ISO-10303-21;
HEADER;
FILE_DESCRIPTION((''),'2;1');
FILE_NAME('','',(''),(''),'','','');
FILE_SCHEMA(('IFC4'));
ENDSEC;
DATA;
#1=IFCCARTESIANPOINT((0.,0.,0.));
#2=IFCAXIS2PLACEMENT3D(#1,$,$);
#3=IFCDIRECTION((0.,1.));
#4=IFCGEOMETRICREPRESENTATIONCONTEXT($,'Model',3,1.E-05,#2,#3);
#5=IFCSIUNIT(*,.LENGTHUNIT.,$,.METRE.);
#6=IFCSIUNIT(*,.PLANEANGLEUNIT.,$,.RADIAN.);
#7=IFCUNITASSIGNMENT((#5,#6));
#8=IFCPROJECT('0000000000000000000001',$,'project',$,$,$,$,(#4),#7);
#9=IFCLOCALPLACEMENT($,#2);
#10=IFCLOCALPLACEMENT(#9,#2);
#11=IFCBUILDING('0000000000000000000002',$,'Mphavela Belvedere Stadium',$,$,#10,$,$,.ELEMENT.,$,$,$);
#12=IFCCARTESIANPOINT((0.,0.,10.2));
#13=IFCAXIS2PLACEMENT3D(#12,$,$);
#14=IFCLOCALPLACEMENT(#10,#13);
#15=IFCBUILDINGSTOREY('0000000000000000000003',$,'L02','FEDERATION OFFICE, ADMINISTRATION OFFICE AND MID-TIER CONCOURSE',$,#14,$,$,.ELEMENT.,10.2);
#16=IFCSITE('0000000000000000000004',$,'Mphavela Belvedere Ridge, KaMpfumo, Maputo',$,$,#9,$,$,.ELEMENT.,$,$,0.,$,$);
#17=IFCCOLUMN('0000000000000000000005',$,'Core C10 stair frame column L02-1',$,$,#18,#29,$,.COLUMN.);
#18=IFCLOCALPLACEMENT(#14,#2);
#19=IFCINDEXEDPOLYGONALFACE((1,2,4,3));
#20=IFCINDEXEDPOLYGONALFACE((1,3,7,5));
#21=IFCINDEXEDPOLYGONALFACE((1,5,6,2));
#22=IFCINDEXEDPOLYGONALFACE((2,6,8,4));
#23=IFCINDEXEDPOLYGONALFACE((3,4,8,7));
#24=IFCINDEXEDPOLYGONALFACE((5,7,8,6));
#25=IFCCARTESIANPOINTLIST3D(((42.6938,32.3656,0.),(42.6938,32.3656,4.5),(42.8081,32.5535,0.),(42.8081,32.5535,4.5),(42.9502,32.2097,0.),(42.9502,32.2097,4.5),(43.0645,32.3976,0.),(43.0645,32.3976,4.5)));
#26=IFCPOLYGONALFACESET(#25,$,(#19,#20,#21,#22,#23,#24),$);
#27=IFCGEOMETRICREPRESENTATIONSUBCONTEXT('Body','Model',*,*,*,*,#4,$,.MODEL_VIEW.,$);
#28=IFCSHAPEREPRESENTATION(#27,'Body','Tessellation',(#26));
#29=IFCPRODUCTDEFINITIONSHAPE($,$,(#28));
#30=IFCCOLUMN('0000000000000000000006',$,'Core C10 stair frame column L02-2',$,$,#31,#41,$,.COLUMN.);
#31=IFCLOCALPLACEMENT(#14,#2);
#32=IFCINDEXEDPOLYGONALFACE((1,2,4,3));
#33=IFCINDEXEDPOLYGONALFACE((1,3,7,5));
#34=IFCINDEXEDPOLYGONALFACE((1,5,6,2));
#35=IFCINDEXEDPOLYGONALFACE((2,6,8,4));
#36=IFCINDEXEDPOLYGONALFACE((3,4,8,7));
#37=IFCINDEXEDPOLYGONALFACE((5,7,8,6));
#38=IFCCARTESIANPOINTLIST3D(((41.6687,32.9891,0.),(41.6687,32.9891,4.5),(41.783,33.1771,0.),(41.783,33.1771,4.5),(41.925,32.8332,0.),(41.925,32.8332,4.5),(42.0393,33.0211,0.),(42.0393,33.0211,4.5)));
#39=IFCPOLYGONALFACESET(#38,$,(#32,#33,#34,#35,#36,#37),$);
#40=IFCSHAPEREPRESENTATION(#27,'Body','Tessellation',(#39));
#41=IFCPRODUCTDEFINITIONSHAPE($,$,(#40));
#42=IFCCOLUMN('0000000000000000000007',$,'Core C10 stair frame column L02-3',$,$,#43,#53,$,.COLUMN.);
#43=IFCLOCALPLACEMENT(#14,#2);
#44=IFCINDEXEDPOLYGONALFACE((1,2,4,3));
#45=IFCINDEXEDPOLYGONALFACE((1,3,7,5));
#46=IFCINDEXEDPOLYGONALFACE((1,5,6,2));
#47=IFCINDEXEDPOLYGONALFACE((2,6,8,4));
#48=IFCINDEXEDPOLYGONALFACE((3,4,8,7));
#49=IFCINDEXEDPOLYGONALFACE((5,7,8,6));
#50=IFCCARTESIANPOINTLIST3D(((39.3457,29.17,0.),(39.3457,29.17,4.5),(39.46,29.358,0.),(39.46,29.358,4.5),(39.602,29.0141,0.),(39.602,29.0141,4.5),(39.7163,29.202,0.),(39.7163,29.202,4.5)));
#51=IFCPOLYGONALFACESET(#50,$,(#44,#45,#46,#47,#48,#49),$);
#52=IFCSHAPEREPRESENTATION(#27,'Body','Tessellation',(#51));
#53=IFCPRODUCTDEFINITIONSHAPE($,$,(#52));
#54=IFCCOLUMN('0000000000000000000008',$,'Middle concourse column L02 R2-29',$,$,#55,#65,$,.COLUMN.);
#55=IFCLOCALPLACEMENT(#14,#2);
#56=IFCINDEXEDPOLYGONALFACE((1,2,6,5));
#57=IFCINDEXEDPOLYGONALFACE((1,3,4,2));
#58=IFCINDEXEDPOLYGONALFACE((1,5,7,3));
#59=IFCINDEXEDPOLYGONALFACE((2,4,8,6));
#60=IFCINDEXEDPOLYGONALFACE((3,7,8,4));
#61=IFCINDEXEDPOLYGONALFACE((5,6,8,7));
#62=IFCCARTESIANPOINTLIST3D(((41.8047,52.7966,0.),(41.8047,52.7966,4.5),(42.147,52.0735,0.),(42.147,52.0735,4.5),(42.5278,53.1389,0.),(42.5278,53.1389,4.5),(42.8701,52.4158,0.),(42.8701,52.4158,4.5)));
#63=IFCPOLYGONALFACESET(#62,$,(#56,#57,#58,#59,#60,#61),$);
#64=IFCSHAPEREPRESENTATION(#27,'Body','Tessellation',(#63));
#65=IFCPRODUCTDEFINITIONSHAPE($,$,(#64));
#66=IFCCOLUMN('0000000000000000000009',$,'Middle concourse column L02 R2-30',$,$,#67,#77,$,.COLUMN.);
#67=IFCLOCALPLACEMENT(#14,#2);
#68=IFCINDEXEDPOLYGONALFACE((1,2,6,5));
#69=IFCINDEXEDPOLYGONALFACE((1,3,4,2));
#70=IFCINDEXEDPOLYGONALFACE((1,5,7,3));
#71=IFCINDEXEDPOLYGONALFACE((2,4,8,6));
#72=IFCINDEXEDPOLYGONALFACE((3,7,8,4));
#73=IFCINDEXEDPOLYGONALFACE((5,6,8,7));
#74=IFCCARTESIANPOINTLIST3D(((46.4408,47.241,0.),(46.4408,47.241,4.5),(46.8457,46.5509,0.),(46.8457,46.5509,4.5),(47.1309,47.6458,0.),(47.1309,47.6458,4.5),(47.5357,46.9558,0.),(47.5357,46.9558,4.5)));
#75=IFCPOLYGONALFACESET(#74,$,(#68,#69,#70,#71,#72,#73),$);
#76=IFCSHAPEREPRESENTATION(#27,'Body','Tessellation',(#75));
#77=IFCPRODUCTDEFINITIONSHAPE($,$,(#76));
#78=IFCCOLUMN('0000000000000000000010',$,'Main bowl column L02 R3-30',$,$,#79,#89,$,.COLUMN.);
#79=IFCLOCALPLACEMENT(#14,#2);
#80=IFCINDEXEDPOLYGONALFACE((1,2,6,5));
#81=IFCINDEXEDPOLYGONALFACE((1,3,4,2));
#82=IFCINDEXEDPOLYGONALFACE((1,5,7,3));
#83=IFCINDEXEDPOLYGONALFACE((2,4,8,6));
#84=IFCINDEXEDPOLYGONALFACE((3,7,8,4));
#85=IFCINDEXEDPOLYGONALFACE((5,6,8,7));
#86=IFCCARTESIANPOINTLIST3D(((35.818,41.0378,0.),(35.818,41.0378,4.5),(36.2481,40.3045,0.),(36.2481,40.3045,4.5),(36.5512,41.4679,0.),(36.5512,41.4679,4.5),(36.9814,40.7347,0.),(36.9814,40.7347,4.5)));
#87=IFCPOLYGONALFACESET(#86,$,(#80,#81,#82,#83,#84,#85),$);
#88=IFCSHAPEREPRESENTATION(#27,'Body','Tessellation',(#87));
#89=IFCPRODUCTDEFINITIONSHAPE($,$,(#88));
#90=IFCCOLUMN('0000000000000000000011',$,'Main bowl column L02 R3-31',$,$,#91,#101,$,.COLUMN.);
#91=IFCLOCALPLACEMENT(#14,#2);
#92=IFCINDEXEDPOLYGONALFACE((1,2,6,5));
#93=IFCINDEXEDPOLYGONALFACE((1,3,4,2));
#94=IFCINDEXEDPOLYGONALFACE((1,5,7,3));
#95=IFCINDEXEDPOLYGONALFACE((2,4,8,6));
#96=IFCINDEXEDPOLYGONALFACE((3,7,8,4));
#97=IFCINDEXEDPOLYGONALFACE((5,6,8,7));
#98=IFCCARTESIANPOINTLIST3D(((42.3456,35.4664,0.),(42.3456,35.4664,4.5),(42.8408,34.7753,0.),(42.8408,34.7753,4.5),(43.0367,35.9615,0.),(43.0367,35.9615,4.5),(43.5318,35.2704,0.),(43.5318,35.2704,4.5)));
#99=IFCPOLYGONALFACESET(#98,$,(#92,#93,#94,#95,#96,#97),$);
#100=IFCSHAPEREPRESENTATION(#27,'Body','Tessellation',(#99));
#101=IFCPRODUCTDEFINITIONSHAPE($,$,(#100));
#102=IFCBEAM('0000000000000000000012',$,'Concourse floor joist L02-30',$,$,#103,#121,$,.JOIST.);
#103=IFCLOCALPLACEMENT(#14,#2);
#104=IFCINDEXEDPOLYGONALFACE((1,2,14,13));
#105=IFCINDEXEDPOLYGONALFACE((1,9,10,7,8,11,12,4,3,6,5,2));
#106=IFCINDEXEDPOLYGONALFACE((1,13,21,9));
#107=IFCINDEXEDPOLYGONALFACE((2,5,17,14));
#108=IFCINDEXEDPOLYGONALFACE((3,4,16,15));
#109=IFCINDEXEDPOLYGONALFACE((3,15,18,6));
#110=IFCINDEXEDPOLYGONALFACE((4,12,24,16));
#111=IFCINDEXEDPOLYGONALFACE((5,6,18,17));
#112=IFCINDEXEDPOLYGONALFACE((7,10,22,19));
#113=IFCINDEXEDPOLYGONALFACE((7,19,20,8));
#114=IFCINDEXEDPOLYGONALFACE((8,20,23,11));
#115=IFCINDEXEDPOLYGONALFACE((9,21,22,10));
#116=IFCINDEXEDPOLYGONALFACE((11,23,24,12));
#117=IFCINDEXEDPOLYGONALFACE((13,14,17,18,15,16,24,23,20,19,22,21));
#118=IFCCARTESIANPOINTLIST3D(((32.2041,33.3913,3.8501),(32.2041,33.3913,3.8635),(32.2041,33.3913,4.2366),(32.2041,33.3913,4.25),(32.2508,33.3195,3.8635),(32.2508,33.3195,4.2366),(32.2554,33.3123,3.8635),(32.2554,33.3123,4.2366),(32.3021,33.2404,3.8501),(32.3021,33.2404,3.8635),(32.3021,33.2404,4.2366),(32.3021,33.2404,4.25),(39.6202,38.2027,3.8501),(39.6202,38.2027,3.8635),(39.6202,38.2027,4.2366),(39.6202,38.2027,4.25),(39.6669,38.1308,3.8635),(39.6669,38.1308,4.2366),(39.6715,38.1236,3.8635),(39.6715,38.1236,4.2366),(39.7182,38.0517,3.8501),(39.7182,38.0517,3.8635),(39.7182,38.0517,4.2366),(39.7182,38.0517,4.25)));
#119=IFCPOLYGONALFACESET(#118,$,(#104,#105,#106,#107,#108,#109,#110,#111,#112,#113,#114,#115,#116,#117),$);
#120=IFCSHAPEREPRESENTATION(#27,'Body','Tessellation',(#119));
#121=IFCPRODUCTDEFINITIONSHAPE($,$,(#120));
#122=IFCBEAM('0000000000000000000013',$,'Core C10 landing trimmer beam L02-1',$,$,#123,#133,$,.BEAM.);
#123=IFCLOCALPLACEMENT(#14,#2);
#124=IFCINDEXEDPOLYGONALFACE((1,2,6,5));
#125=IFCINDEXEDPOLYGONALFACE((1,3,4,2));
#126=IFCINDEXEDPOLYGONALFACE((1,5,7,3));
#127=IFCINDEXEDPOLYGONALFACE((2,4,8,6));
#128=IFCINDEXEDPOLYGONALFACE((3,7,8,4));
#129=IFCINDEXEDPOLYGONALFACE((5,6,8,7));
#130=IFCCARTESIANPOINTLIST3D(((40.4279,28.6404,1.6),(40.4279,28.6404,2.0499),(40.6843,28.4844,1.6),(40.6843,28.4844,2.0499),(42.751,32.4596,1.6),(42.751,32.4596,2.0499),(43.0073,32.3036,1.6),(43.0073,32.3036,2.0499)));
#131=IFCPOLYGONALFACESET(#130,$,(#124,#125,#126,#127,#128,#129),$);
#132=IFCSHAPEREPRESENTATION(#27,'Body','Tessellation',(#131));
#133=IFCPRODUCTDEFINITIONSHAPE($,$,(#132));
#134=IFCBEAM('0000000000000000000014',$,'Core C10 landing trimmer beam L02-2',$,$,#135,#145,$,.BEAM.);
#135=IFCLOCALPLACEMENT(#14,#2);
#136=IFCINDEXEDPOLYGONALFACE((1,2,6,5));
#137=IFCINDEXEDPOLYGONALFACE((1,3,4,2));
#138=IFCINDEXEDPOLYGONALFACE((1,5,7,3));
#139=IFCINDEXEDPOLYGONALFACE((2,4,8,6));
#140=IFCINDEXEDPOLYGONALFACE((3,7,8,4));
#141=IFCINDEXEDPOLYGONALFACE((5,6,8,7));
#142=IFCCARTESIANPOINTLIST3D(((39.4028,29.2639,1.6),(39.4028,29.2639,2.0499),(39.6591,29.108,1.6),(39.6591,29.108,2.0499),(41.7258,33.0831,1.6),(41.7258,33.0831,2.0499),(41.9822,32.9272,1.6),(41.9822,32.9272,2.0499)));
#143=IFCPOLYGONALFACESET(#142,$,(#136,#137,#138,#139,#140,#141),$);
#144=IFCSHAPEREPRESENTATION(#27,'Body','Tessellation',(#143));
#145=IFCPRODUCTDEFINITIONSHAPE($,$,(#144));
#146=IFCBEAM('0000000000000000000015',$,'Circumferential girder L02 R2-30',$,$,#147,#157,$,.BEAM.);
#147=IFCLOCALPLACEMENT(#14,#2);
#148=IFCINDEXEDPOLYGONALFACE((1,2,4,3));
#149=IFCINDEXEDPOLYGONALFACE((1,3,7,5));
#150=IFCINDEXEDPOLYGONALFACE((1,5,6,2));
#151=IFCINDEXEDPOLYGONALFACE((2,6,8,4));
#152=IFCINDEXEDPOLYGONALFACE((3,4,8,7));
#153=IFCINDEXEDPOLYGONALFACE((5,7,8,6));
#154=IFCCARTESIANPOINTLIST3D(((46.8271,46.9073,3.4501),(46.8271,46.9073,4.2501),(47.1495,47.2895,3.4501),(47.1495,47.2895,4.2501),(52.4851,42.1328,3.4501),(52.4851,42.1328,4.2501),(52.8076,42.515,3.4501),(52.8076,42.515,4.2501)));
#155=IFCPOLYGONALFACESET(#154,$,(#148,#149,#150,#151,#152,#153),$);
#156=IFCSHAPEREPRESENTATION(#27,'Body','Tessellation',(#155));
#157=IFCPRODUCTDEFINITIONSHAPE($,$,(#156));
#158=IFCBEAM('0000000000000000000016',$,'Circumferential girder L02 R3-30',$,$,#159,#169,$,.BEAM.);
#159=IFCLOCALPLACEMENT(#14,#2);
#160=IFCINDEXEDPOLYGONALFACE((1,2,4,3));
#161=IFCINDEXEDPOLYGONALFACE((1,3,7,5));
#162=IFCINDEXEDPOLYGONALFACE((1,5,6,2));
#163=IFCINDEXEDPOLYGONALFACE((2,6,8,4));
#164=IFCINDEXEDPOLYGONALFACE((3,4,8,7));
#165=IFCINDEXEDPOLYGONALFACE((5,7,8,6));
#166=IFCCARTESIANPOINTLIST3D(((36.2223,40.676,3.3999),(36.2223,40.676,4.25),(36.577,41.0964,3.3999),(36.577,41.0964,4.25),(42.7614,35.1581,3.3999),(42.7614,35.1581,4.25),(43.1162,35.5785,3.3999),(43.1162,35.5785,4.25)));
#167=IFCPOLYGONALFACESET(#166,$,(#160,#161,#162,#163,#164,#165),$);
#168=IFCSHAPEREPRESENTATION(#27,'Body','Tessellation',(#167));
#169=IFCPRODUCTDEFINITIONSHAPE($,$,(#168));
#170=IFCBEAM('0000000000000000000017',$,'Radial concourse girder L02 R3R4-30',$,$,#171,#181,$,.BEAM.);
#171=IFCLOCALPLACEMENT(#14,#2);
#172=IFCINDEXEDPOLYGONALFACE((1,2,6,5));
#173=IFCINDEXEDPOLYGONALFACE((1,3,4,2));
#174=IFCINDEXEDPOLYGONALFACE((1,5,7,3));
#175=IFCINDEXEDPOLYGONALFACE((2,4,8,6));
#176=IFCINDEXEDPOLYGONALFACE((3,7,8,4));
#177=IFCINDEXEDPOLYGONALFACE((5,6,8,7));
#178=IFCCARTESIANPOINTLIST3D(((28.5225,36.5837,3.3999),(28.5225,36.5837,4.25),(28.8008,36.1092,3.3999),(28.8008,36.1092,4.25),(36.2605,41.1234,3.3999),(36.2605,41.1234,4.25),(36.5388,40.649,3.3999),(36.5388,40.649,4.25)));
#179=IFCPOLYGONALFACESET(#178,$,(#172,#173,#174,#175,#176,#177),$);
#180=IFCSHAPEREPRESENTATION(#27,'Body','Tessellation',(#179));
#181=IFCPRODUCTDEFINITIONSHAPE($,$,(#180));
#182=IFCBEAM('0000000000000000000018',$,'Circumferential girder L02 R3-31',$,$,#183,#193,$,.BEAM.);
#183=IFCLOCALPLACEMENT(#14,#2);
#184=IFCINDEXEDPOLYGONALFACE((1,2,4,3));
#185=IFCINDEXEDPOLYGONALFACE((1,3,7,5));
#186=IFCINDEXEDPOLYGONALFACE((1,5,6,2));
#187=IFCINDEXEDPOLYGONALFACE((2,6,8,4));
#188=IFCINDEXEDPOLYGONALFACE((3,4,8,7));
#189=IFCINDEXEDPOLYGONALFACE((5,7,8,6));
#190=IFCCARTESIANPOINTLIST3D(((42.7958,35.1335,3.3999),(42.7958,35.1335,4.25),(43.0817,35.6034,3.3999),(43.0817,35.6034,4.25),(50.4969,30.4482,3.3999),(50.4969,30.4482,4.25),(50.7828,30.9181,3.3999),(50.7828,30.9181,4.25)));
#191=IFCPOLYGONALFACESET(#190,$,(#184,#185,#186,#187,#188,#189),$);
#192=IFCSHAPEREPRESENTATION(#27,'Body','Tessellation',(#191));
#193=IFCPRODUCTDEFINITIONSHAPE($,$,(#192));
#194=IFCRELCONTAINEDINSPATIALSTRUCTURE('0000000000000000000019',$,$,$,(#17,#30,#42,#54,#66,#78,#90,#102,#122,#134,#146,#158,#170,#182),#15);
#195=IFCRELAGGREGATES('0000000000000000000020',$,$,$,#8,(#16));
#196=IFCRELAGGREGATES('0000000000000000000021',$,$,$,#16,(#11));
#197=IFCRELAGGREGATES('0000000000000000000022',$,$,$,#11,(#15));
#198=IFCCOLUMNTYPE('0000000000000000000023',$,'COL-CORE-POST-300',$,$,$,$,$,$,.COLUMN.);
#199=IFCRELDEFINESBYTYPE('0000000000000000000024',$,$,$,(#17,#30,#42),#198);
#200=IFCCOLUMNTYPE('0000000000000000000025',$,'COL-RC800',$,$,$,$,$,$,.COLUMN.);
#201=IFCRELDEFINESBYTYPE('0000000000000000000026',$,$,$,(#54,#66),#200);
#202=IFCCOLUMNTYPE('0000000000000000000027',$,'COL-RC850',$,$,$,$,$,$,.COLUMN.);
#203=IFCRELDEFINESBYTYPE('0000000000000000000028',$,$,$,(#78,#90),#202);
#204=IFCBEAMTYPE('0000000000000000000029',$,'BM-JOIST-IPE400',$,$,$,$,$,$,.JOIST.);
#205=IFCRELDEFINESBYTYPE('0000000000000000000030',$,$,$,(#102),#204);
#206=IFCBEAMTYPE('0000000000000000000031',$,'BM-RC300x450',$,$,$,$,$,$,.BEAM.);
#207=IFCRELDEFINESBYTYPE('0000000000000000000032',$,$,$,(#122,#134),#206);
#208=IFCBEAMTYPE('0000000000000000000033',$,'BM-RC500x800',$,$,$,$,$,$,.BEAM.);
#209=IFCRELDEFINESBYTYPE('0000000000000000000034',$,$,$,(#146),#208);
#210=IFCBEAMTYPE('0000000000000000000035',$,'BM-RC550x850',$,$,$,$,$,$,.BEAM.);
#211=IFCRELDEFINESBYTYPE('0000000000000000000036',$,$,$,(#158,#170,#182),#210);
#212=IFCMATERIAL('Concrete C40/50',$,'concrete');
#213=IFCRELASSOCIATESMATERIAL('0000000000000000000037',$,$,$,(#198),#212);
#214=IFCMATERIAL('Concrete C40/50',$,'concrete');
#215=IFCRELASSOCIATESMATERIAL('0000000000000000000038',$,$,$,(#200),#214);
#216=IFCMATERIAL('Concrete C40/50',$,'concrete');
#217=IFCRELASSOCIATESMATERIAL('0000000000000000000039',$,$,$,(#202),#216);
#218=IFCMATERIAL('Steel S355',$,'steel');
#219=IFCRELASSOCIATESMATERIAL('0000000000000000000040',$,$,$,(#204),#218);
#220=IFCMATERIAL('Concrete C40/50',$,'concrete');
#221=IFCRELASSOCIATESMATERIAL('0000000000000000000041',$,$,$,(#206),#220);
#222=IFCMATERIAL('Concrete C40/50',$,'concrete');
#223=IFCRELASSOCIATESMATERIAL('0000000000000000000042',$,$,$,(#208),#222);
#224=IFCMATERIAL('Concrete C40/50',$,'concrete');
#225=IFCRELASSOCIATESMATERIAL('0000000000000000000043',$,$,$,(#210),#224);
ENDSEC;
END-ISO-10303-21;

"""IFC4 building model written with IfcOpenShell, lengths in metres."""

from ifc_helpers import new_model, si_unit, direction, frame, origin, origin_2d, place, context, subcontext, project, spatial, rectangle, i_section, extrude, material, material_profile, profile_set, type_object, element, save


model = new_model("IFC4")

# Units and contexts
model_context = context("Model", 3, precision=1e-05, world=origin(), true_north=direction((0.0, 1.0)))
body_context = subcontext(model_context, "Body", "Model", "MODEL_VIEW")
ifc_project = project(units=[si_unit("LENGTHUNIT", "METRE"), si_unit("PLANEANGLEUNIT", "RADIAN")], contexts=[model_context])

# Site, building, storey
site_placement = place(None, origin())
site = spatial("IfcSite", under=ifc_project, at=site_placement, Name="Mphavela Belvedere Ridge, KaMpfumo, Maputo", CompositionType="ELEMENT", RefElevation=0.0)
building_placement = place(site_placement, origin())
building = spatial("IfcBuilding", under=site, at=building_placement, Name="Mphavela Belvedere Stadium", CompositionType="ELEMENT")
storey_placement = place(building_placement, frame((0.0, 0.0, 10.2)))
storey = spatial("IfcBuildingStorey", under=building, at=storey_placement, Name="L02", Description="FEDERATION OFFICE, ADMINISTRATION OFFICE AND MID-TIER CONCOURSE", CompositionType="ELEMENT", Elevation=10.2)

# Columns
ifc_material_1 = material(Name="Concrete C40/50", Category="concrete")
ifc_material_profile_1 = material_profile(ifc_material_1, rectangle(XDim=0.3, YDim=0.22, at=origin_2d()), Name="RC 300x220")
ifc_profile_set_1 = profile_set([ifc_material_profile_1], Name="Concrete C40/50")
column_type_1 = type_object("IfcColumnType", Name="COL-CORE-POST-300", PredefinedType="COLUMN", material=ifc_profile_set_1)
for number, where, z_axis, x_axis, name in (
    (1, (42.8792, 32.3816, 0.0), (0.0, 0.0, 1.0), (-0.854368, 0.519668, 0.0), "Core C10 stair frame column L02-1"),
    (2, (41.854, 33.0051, 0.0), (0.0, 0.0, 1.0), (-0.854368, 0.519668, 0.0), "Core C10 stair frame column L02-2"),
    (3, (39.531, 29.186, 0.0), (0.0, 0.0, 1.0), (-0.854368, 0.519668, 0.0), "Core C10 stair frame column L02-3"),
):
    element("IfcColumn", number, at=place(storey_placement, frame(where, z_axis=z_axis, x_axis=x_axis)), inside=storey, type_object=column_type_1, Name=name, PredefinedType="COLUMN", context=body_context, shape_type="SweptSolid", body=[
        extrude(rectangle(XDim=0.3, YDim=0.22, at=origin_2d()), origin(), (0.0, 0.0, 1.0), 4.5),
    ])
ifc_material_2 = material(Name="Concrete C40/50", Category="concrete")
ifc_material_profile_2 = material_profile(ifc_material_2, rectangle(XDim=0.8, YDim=0.8, at=origin_2d()), Name="RC 800x800")
ifc_profile_set_2 = profile_set([ifc_material_profile_2], Name="Concrete C40/50")
column_type_2 = type_object("IfcColumnType", Name="COL-RC800", PredefinedType="COLUMN", material=ifc_profile_set_2)
for number, where, z_axis, x_axis, name in (
    (4, (42.3374, 52.6062, 0.0), (0.0, 0.0, 1.0), (-0.903859, -0.427831, 0.0), "Middle concourse column L02 R2-29"),
    (5, (46.9883, 47.0984, 0.0), (0.0, 0.0, 1.0), (-0.862514, -0.506034, 0.0), "Middle concourse column L02 R2-30"),
):
    element("IfcColumn", number, at=place(storey_placement, frame(where, z_axis=z_axis, x_axis=x_axis)), inside=storey, type_object=column_type_2, Name=name, PredefinedType="COLUMN", context=body_context, shape_type="SweptSolid", body=[
        extrude(rectangle(XDim=0.8, YDim=0.8, at=origin_2d()), origin(), (0.0, 0.0, 1.0), 4.5),
    ])
ifc_material_3 = material(Name="Concrete C40/50", Category="concrete")
ifc_material_profile_3 = material_profile(ifc_material_3, rectangle(XDim=0.8501, YDim=0.8501, at=origin_2d()), Name="RC 850x850")
ifc_profile_set_3 = profile_set([ifc_material_profile_3], Name="Concrete C40/50")
column_type_3 = type_object("IfcColumnType", Name="COL-RC850", PredefinedType="COLUMN", material=ifc_profile_set_3)
for number, where, z_axis, x_axis, name in (
    (6, (36.3997, 40.8862, 0.0), (0.0, 0.0, 1.0), (-0.862514, -0.506034, 0.0), "Main bowl column L02 R3-30"),
    (7, (42.9387, 35.3684, 0.0), (0.0, 0.0, 1.0), (-0.812898, -0.582407, 0.0), "Main bowl column L02 R3-31"),
):
    element("IfcColumn", number, at=place(storey_placement, frame(where, z_axis=z_axis, x_axis=x_axis)), inside=storey, type_object=column_type_3, Name=name, PredefinedType="COLUMN", context=body_context, shape_type="SweptSolid", body=[
        extrude(rectangle(XDim=0.8501, YDim=0.8501, at=origin_2d()), origin(), (0.0, 0.0, 1.0), 4.5),
    ])

# Beams
ifc_material_4 = material(Name="Steel S355", Category="steel")
ifc_material_profile_4 = material_profile(ifc_material_4, i_section(OverallWidth=0.1799, OverallDepth=0.3999, WebThickness=0.0085, FlangeThickness=0.0134, at=origin_2d()), Name="IPE 400")
ifc_profile_set_4 = profile_set([ifc_material_profile_4], Name="Steel S355")
beam_type_1 = type_object("IfcBeamType", Name="BM-JOIST-IPE400", PredefinedType="JOIST", material=ifc_profile_set_4)
beam_1_placement = place(storey_placement, frame((39.6692, 38.1272, 4.05), z_axis=(-0.838915, -0.544262, 0.0), x_axis=(0.544262, -0.838915, 0.0)))
element("IfcBeam", 8, at=beam_1_placement, inside=storey, type_object=beam_type_1, Name="Concourse floor joist L02-30", PredefinedType="JOIST", context=body_context, shape_type="SweptSolid", body=[
    extrude(i_section(OverallWidth=0.1799, OverallDepth=0.3999, WebThickness=0.0085, FlangeThickness=0.0134, at=origin_2d()), origin(), (0.0, 0.0, 1.0), 8.8401),
])
ifc_material_5 = material(Name="Concrete C40/50", Category="concrete")
ifc_material_profile_5 = material_profile(ifc_material_5, rectangle(XDim=0.3, YDim=0.45, at=origin_2d()), Name="RC 300x450")
ifc_profile_set_5 = profile_set([ifc_material_profile_5], Name="Concrete C40/50")
beam_type_2 = type_object("IfcBeamType", Name="BM-RC300x450", PredefinedType="BEAM", material=ifc_profile_set_5)
for number, where, z_axis, x_axis, name in (
    (9, (42.8792, 32.3816, 1.825), (-0.519675, -0.854364, 0.0), (0.854364, -0.519675, 0.0), "Core C10 landing trimmer beam L02-1"),
    (10, (41.854, 33.0051, 1.825), (-0.519675, -0.854364, 0.0), (0.854364, -0.519675, 0.0), "Core C10 landing trimmer beam L02-2"),
):
    element("IfcBeam", number, at=place(storey_placement, frame(where, z_axis=z_axis, x_axis=x_axis)), inside=storey, type_object=beam_type_2, Name=name, PredefinedType="BEAM", context=body_context, shape_type="SweptSolid", body=[
        extrude(rectangle(XDim=0.3, YDim=0.45, at=origin_2d()), origin(), (0.0, 0.0, 1.0), 4.4702),
    ])
ifc_material_6 = material(Name="Concrete C40/50", Category="concrete")
ifc_material_profile_6 = material_profile(ifc_material_6, rectangle(XDim=0.5, YDim=0.8, at=origin_2d()), Name="RC 500x800")
ifc_profile_set_6 = profile_set([ifc_material_profile_6], Name="Concrete C40/50")
beam_type_3 = type_object("IfcBeamType", Name="BM-RC500x800", PredefinedType="BEAM", material=ifc_profile_set_6)
beam_2_placement = place(storey_placement, frame((46.9883, 47.0984, 3.8501), z_axis=(0.764257, -0.644911, 0.0), x_axis=(0.644911, 0.764257, 0.0)))
element("IfcBeam", 11, at=beam_2_placement, inside=storey, type_object=beam_type_3, Name="Circumferential girder L02 R2-30", PredefinedType="BEAM", context=body_context, shape_type="SweptSolid", body=[
    extrude(rectangle(XDim=0.5, YDim=0.8, at=origin_2d()), origin(), (0.0, 0.0, 1.0), 7.4033),
])
ifc_material_7 = material(Name="Concrete C40/50", Category="concrete")
ifc_material_profile_7 = material_profile(ifc_material_7, rectangle(XDim=0.55, YDim=0.8501, at=origin_2d()), Name="RC 550x850")
ifc_profile_set_7 = profile_set([ifc_material_profile_7], Name="Concrete C40/50")
beam_type_4 = type_object("IfcBeamType", Name="BM-RC550x850", PredefinedType="BEAM", material=ifc_profile_set_7)
beam_3_placement = place(storey_placement, frame((36.3997, 40.8862, 3.825), z_axis=(0.764263, -0.644904, 0.0), x_axis=(0.644904, 0.764263, 0.0)))
element("IfcBeam", 12, at=beam_3_placement, inside=storey, type_object=beam_type_4, Name="Circumferential girder L02 R3-30", PredefinedType="BEAM", context=body_context, shape_type="SweptSolid", body=[
    extrude(rectangle(XDim=0.55, YDim=0.8501, at=origin_2d()), origin(), (0.0, 0.0, 1.0), 8.5562),
])
beam_4_placement = place(storey_placement, frame((36.3997, 40.8862, 3.825), z_axis=(-0.862518, -0.506027, 0.0), x_axis=(0.506027, -0.862518, 0.0)))
element("IfcBeam", 13, at=beam_4_placement, inside=storey, type_object=beam_type_4, Name="Radial concourse girder L02 R3R4-30", PredefinedType="BEAM", context=body_context, shape_type="SweptSolid", body=[
    extrude(rectangle(XDim=0.55, YDim=0.8501, at=origin_2d()), origin(), (0.0, 0.0, 1.0), 8.9714),
])
beam_5_placement = place(storey_placement, frame((42.9387, 35.3684, 3.825), z_axis=(0.854315, -0.519755, 0.0), x_axis=(0.519755, 0.854315, 0.0)))
element("IfcBeam", 14, at=beam_5_placement, inside=storey, type_object=beam_type_4, Name="Circumferential girder L02 R3-31", PredefinedType="BEAM", context=body_context, shape_type="SweptSolid", body=[
    extrude(rectangle(XDim=0.55, YDim=0.8501, at=origin_2d()), origin(), (0.0, 0.0, 1.0), 9.0144),
])

save(model, "model.ifc")
